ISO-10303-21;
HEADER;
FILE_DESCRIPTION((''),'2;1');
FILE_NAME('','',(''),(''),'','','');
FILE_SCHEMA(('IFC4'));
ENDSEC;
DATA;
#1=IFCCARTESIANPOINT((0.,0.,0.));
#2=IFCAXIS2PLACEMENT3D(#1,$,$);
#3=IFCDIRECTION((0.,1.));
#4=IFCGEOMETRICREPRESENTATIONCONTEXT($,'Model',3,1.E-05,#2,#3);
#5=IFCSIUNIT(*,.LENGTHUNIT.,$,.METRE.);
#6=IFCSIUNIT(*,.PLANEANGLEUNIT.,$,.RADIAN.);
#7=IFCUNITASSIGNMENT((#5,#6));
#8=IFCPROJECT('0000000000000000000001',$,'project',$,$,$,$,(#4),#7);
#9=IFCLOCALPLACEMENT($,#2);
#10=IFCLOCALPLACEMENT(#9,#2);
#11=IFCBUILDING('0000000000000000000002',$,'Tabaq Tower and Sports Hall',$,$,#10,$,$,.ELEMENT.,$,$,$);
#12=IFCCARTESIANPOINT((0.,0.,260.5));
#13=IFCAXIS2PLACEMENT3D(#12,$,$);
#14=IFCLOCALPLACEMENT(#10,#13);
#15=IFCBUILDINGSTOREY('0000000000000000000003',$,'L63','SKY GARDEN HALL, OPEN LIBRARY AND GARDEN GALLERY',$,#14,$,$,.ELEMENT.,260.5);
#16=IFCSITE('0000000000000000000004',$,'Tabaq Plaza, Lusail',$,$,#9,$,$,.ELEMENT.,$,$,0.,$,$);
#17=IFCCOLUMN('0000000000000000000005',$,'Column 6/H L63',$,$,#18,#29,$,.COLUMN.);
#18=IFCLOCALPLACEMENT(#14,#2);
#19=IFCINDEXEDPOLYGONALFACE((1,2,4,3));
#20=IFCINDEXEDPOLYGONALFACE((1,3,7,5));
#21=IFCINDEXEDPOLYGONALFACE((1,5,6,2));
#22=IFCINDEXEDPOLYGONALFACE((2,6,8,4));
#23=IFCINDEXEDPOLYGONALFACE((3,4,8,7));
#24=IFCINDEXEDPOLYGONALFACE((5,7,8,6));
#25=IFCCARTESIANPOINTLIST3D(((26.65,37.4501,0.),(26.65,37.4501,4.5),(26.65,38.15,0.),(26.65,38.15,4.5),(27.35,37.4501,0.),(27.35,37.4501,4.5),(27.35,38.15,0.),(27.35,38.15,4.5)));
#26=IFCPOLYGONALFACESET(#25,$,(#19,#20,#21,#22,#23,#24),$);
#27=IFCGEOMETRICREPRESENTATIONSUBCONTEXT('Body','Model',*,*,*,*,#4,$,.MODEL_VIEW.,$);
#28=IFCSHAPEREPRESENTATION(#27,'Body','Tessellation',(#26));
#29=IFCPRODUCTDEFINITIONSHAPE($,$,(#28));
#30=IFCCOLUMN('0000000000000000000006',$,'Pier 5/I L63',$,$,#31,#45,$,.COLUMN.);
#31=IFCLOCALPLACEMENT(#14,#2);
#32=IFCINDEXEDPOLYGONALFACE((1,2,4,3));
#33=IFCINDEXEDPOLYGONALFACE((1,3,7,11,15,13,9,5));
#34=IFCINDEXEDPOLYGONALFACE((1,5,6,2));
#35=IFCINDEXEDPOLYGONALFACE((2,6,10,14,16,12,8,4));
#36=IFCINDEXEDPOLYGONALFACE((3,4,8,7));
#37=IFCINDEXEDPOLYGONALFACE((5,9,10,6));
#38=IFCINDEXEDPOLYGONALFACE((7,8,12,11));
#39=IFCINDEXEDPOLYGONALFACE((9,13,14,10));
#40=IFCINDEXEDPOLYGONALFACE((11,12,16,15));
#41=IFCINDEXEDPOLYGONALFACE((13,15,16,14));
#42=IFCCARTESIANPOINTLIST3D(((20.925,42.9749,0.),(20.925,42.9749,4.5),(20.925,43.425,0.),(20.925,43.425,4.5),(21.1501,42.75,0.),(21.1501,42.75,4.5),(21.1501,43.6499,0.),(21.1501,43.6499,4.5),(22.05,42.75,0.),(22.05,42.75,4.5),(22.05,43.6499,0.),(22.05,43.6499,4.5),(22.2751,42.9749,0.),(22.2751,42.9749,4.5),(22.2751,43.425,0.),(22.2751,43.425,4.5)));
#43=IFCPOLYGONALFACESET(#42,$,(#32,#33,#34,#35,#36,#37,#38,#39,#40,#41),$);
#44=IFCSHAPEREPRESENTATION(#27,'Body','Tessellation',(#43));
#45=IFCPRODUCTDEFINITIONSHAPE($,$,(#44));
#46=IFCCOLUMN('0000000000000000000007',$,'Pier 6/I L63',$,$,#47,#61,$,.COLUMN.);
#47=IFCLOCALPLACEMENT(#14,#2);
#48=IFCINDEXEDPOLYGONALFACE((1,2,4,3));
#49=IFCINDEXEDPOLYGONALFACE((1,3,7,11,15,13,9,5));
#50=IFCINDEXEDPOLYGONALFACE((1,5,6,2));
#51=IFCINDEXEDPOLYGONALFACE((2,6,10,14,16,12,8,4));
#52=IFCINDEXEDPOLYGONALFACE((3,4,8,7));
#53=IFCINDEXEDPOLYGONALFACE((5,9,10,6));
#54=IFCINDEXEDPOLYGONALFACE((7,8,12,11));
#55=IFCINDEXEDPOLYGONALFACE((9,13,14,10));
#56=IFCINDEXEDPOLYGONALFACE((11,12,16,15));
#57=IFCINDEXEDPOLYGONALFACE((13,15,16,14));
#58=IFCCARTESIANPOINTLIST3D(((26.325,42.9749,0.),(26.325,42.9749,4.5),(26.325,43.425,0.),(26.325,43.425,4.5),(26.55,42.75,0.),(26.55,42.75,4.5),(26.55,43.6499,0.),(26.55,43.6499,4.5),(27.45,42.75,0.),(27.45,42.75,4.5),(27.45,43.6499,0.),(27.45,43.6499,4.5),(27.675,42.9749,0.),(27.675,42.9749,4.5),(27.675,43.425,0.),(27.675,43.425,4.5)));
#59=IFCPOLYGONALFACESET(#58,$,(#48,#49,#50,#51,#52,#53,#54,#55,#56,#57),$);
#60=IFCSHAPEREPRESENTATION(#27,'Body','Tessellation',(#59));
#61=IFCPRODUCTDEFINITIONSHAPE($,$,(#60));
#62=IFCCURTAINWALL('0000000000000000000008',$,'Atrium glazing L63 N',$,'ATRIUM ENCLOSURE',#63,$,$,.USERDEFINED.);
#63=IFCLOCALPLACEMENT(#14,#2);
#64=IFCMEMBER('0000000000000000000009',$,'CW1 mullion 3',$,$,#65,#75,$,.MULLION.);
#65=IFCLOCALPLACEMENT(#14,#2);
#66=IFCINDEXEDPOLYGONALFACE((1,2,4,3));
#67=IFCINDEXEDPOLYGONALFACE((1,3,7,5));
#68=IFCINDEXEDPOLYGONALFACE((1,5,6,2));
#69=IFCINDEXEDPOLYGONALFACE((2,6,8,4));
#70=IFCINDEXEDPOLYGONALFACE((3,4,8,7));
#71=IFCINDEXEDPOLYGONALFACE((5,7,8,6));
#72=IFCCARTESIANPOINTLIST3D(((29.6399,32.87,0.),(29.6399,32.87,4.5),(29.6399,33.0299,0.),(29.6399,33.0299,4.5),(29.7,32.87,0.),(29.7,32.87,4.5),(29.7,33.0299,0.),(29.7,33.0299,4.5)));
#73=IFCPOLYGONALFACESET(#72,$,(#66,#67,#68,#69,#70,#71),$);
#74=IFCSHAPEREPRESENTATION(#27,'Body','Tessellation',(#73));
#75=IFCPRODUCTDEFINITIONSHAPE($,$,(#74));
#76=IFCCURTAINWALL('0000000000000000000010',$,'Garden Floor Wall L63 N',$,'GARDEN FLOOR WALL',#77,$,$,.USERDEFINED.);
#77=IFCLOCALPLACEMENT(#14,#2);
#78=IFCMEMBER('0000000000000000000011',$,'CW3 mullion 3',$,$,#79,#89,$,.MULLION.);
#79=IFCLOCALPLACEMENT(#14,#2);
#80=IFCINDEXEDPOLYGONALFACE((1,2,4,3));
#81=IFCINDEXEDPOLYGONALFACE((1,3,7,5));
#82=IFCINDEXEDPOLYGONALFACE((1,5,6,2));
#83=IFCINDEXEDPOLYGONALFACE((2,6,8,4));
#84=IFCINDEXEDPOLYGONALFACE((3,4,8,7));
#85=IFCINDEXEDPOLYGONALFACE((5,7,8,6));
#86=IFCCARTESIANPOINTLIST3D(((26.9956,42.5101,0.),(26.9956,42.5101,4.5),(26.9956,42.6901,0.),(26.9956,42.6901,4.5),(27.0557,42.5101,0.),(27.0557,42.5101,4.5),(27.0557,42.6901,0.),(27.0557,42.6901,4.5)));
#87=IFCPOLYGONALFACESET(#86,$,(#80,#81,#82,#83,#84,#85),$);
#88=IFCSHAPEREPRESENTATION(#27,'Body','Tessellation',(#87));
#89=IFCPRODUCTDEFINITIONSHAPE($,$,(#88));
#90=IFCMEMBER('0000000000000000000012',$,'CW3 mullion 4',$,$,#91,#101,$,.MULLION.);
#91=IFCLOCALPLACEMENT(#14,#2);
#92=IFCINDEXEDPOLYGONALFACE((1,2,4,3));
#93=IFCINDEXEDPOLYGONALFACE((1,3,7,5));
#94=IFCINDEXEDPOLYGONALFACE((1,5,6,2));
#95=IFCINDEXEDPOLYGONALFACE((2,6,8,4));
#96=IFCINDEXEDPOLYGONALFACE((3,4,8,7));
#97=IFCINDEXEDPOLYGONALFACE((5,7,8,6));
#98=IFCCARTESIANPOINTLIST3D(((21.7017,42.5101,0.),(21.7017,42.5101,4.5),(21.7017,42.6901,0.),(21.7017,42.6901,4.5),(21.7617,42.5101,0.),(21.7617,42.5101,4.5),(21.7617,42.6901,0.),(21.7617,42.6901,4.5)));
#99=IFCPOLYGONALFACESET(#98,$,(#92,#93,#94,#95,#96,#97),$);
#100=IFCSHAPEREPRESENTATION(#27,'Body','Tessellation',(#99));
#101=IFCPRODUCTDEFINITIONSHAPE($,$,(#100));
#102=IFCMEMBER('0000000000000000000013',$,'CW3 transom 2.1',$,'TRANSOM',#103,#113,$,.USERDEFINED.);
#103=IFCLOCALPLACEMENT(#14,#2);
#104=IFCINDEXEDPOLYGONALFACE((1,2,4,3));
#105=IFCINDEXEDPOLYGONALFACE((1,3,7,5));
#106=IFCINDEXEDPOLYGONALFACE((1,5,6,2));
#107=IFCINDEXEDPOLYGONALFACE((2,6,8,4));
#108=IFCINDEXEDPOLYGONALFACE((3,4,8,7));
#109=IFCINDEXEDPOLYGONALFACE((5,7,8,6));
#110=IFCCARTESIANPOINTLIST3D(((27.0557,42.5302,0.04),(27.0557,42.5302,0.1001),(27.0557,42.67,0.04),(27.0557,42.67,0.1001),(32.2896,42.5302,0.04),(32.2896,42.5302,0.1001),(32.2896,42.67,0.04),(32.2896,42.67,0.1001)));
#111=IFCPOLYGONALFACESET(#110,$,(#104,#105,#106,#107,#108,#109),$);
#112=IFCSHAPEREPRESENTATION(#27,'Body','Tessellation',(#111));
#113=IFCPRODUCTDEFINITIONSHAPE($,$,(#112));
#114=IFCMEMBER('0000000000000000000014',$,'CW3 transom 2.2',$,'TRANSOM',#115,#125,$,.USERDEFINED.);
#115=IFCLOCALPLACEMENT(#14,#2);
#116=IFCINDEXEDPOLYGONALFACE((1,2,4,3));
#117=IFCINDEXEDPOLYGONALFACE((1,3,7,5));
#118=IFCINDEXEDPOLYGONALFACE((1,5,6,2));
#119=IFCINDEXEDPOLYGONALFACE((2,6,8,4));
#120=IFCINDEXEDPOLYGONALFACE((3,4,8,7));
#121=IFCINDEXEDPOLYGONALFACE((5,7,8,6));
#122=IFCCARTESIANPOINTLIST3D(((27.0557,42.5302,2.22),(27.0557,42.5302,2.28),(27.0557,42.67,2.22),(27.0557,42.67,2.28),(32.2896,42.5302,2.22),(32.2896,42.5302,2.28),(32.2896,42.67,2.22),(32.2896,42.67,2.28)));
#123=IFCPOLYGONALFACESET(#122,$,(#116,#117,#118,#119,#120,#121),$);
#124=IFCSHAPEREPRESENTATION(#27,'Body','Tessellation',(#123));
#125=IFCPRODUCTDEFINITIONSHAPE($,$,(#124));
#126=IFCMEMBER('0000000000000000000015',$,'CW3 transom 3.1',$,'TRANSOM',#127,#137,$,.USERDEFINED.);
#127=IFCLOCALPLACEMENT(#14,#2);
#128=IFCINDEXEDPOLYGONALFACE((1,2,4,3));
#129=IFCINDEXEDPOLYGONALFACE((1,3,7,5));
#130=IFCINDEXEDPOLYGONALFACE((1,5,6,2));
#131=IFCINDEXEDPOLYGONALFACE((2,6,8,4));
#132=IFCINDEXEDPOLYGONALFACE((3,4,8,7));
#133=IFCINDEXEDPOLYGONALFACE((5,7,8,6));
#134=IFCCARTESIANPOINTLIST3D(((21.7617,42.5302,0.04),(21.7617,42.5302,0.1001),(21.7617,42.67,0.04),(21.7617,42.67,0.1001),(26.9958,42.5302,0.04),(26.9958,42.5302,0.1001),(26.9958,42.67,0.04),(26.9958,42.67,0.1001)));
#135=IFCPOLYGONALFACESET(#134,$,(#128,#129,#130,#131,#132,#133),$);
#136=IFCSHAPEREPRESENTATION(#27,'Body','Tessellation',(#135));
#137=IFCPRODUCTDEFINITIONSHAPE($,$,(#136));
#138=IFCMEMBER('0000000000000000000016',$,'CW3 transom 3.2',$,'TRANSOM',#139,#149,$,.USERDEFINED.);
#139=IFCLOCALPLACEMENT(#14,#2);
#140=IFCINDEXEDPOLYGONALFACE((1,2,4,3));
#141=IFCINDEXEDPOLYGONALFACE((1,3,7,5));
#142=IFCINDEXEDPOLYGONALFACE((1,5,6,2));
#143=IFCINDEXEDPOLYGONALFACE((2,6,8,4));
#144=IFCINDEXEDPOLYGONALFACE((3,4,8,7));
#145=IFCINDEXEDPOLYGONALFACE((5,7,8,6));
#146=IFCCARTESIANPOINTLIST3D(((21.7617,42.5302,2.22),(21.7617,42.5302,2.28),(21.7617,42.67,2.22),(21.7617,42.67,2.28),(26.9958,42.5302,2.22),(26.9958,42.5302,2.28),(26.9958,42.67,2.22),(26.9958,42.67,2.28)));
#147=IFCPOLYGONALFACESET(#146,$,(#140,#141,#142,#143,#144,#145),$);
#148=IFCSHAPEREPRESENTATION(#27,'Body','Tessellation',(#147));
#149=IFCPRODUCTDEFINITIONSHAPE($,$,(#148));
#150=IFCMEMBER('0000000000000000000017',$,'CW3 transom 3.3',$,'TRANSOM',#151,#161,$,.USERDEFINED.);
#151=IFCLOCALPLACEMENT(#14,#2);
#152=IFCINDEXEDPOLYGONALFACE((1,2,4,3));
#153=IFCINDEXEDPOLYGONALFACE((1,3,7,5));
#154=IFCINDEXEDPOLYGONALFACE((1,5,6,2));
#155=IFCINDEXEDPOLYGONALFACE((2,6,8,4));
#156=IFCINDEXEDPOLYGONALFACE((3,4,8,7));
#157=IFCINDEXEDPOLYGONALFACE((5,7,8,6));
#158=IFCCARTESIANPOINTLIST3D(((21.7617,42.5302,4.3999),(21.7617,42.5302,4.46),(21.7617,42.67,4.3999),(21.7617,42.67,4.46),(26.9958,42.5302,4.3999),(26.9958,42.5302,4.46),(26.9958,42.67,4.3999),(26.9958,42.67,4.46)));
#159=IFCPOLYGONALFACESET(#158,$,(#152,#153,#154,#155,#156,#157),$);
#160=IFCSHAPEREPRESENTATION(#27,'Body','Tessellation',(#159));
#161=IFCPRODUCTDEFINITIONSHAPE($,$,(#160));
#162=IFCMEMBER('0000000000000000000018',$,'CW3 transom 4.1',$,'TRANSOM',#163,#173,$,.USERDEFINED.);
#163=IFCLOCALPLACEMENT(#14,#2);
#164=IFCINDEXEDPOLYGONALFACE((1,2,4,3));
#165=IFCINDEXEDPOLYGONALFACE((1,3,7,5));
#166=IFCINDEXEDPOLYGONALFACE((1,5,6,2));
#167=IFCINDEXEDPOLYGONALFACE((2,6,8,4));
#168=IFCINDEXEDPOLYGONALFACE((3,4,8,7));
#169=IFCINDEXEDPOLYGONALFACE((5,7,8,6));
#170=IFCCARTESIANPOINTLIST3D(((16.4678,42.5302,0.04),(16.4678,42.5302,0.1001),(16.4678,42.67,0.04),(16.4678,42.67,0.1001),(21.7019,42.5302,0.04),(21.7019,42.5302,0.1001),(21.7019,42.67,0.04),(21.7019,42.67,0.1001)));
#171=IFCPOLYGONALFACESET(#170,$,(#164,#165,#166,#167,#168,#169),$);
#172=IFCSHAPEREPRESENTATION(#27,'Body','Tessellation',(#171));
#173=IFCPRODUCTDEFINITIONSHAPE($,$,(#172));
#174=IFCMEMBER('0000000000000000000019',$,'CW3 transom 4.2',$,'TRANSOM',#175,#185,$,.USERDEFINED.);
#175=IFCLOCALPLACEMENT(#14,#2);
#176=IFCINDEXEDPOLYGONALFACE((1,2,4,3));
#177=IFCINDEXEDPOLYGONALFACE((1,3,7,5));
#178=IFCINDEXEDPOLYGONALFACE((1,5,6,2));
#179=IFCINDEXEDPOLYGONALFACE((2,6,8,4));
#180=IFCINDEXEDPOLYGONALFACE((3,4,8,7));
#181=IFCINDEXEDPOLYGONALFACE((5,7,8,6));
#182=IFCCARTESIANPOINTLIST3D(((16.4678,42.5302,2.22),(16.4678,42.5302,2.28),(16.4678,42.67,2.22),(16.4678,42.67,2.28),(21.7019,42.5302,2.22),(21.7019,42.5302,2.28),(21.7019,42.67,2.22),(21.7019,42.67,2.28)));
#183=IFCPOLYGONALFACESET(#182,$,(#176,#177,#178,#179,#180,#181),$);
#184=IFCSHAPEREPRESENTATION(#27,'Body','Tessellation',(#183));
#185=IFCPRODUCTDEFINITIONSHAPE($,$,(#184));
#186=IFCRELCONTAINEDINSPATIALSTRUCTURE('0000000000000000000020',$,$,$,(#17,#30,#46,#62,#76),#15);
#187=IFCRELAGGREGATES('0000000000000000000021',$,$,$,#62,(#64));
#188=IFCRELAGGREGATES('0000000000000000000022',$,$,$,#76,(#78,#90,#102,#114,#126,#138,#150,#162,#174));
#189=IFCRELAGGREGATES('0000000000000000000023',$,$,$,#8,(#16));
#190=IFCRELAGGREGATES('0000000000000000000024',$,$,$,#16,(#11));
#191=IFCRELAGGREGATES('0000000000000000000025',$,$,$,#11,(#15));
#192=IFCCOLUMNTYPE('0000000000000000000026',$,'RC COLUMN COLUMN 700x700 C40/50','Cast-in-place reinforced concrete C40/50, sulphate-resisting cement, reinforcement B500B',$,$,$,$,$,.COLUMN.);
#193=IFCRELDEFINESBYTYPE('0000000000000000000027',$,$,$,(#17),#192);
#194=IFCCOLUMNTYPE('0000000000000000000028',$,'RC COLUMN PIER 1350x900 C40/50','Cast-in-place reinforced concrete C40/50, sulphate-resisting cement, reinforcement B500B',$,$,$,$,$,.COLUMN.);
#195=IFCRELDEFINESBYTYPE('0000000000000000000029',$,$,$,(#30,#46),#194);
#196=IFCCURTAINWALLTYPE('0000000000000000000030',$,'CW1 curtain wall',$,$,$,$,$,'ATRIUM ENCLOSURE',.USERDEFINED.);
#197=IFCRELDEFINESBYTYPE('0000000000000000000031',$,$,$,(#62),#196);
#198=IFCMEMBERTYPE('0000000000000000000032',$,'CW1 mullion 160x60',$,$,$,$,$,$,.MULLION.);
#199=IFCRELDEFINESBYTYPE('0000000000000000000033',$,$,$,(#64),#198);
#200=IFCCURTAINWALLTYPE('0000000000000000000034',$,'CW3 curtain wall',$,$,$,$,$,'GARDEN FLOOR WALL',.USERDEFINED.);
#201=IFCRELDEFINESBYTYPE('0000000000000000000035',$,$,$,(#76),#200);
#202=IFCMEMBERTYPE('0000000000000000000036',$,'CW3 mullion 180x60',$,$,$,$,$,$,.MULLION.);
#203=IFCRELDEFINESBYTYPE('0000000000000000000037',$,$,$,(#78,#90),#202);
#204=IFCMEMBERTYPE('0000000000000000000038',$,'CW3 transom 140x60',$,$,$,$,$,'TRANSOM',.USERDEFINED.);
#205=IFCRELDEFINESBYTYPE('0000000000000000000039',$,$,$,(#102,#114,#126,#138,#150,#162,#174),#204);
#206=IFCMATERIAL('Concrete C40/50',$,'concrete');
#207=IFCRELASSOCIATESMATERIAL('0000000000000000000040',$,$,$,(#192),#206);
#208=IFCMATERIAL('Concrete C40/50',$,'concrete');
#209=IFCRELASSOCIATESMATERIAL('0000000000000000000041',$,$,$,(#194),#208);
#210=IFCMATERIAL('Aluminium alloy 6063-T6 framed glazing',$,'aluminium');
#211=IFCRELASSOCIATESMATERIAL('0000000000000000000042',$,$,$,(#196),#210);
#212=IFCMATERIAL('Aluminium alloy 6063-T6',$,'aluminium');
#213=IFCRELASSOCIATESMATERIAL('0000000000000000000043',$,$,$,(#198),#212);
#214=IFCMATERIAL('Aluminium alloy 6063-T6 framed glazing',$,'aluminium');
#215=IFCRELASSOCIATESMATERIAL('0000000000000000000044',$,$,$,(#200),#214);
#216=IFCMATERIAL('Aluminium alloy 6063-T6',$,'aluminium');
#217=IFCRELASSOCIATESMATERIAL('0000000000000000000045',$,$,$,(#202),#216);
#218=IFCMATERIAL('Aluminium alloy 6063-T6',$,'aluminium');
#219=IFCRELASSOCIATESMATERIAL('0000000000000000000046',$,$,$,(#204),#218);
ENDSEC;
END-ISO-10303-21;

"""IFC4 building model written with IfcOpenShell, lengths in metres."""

from ifc_helpers import new_model, si_unit, direction, frame, origin, origin_2d, place, context, subcontext, project, spatial, polyline, rectangle, outline, extrude, material, material_profile, profile_set, type_object, element, aggregate, save


model = new_model("IFC4")

# Units and contexts
model_context = context("Model", 3, precision=1e-05, world=origin(), true_north=direction((0.0, 1.0)))
body_context = subcontext(model_context, "Body", "Model", "MODEL_VIEW")
ifc_project = project(units=[si_unit("LENGTHUNIT", "METRE"), si_unit("PLANEANGLEUNIT", "RADIAN")], contexts=[model_context])

# Site, building, storey
site_placement = place(None, origin())
site = spatial("IfcSite", under=ifc_project, at=site_placement, Name="Tabaq Plaza, Lusail", CompositionType="ELEMENT", RefElevation=0.0)
building_placement = place(site_placement, origin())
building = spatial("IfcBuilding", under=site, at=building_placement, Name="Tabaq Tower and Sports Hall", CompositionType="ELEMENT")
storey_placement = place(building_placement, frame((0.0, 0.0, 260.5)))
storey = spatial("IfcBuildingStorey", under=building, at=storey_placement, Name="L63", Description="SKY GARDEN HALL, OPEN LIBRARY AND GARDEN GALLERY", CompositionType="ELEMENT", Elevation=260.5)

# Columns
ifc_material_1 = material(Name="Concrete C40/50", Category="concrete")
ifc_material_profile_1 = material_profile(ifc_material_1, rectangle(XDim=0.7, YDim=0.7, at=origin_2d()), Name="COLUMN 700x700")
ifc_profile_set_1 = profile_set([ifc_material_profile_1], Name="Concrete C40/50")
column_type_1 = type_object("IfcColumnType", Name="RC COLUMN COLUMN 700x700 C40/50", Description="Cast-in-place reinforced concrete C40/50, sulphate-resisting cement, reinforcement B500B", PredefinedType="COLUMN", material=ifc_profile_set_1)
column_placement = place(storey_placement, frame((27.0, 37.8, 0.0), z_axis=(0.0, 0.0, 1.0), x_axis=(1.0, 0.0, 0.0)))
element("IfcColumn", 1, at=column_placement, inside=storey, type_object=column_type_1, Name="Column 6/H L63", PredefinedType="COLUMN", context=body_context, shape_type="SweptSolid", body=[
    extrude(rectangle(XDim=0.7, YDim=0.7, at=origin_2d()), origin(), (0.0, 0.0, 1.0), 4.5),
])
ifc_material_2 = material(Name="Concrete C40/50", Category="concrete")
ifc_material_profile_2 = material_profile(ifc_material_2, outline(polyline([(-0.45, -0.45), (0.45, -0.45), (0.675, -0.2251), (0.675, 0.2251), (0.45, 0.45), (-0.45, 0.45), (-0.675, 0.2251), (-0.675, -0.2251), (-0.45, -0.45)])), Name="PIER 1350x900")
ifc_profile_set_2 = profile_set([ifc_material_profile_2], Name="Concrete C40/50")
column_type_2 = type_object("IfcColumnType", Name="RC COLUMN PIER 1350x900 C40/50", Description="Cast-in-place reinforced concrete C40/50, sulphate-resisting cement, reinforcement B500B", PredefinedType="COLUMN", material=ifc_profile_set_2)
for number, where, z_axis, x_axis, name in (
    (2, (21.6001, 43.2, 0.0), (0.0, 0.0, 1.0), (1.0, 0.0, 0.0), "Pier 5/I L63"),
    (3, (27.0, 43.2, 0.0), (0.0, 0.0, 1.0), (1.0, 0.0, 0.0), "Pier 6/I L63"),
):
    element("IfcColumn", number, at=place(storey_placement, frame(where, z_axis=z_axis, x_axis=x_axis)), inside=storey, type_object=column_type_2, Name=name, PredefinedType="COLUMN", context=body_context, shape_type="SweptSolid", body=[
        extrude(outline(polyline([(-0.45, -0.45), (0.45, -0.45), (0.675, -0.2251), (0.675, 0.2251), (0.45, 0.45), (-0.45, 0.45), (-0.675, 0.2251), (-0.675, -0.2251), (-0.45, -0.45)])), origin(), (0.0, 0.0, 1.0), 4.5),
    ])

# Curtain wall, member
ifc_material_3 = material(Name="Aluminium alloy 6063-T6 framed glazing", Category="aluminium")
curtain_wall_type_1 = type_object("IfcCurtainWallType", Name="CW1 curtain wall", ElementType="ATRIUM ENCLOSURE", PredefinedType="USERDEFINED", material=ifc_material_3)
curtain_wall_1_placement = place(storey_placement, origin())
curtain_wall_1 = element("IfcCurtainWall", 4, at=curtain_wall_1_placement, inside=storey, type_object=curtain_wall_type_1, Name="Atrium glazing L63 N", ObjectType="ATRIUM ENCLOSURE", PredefinedType="USERDEFINED")
ifc_material_4 = material(Name="Aluminium alloy 6063-T6", Category="aluminium")
ifc_material_profile_3 = material_profile(ifc_material_4, rectangle(XDim=0.1599, YDim=0.0601, at=origin_2d()), Name="MULLION 160x60")
ifc_profile_set_3 = profile_set([ifc_material_profile_3], Name="Aluminium alloy 6063-T6")
member_type_1 = type_object("IfcMemberType", Name="CW1 mullion 160x60", PredefinedType="MULLION", material=ifc_profile_set_3)
member_1_placement = place(storey_placement, frame((29.6699, 32.95, 0.0), z_axis=(0.0, 0.0, 1.0), x_axis=(0.0, 1.0, 0.0)))
member_1 = element("IfcMember", 5, at=member_1_placement, type_object=member_type_1, Name="CW1 mullion 3", PredefinedType="MULLION", context=body_context, shape_type="SweptSolid", body=[
    extrude(rectangle(XDim=0.1599, YDim=0.0601, at=origin_2d()), origin(), (0.0, 0.0, 1.0), 4.5),
])

# Curtain wall, members
ifc_material_5 = material(Name="Aluminium alloy 6063-T6 framed glazing", Category="aluminium")
curtain_wall_type_2 = type_object("IfcCurtainWallType", Name="CW3 curtain wall", ElementType="GARDEN FLOOR WALL", PredefinedType="USERDEFINED", material=ifc_material_5)
curtain_wall_2_placement = place(storey_placement, origin())
curtain_wall_2 = element("IfcCurtainWall", 6, at=curtain_wall_2_placement, inside=storey, type_object=curtain_wall_type_2, Name="Garden Floor Wall L63 N", ObjectType="GARDEN FLOOR WALL", PredefinedType="USERDEFINED")
ifc_material_6 = material(Name="Aluminium alloy 6063-T6", Category="aluminium")
ifc_material_profile_4 = material_profile(ifc_material_6, rectangle(XDim=0.1799, YDim=0.0601, at=origin_2d()), Name="MULLION 180x60")
ifc_profile_set_4 = profile_set([ifc_material_profile_4], Name="Aluminium alloy 6063-T6")
member_type_2 = type_object("IfcMemberType", Name="CW3 mullion 180x60", PredefinedType="MULLION", material=ifc_profile_set_4)
member_2_placement = place(storey_placement, frame((27.0256, 42.6001, 0.0), z_axis=(0.0, 0.0, 1.0), x_axis=(0.0, -1.0, 0.0)))
member_2 = element("IfcMember", 7, at=member_2_placement, type_object=member_type_2, Name="CW3 mullion 3", PredefinedType="MULLION", context=body_context, shape_type="SweptSolid", body=[
    extrude(rectangle(XDim=0.1799, YDim=0.0601, at=origin_2d()), origin(), (0.0, 0.0, 1.0), 4.5),
])
member_3_placement = place(storey_placement, frame((21.7317, 42.6001, 0.0), z_axis=(0.0, 0.0, 1.0), x_axis=(0.0, -1.0, 0.0)))
member_3 = element("IfcMember", 8, at=member_3_placement, type_object=member_type_2, Name="CW3 mullion 4", PredefinedType="MULLION", context=body_context, shape_type="SweptSolid", body=[
    extrude(rectangle(XDim=0.1799, YDim=0.0601, at=origin_2d()), origin(), (0.0, 0.0, 1.0), 4.5),
])
ifc_material_7 = material(Name="Aluminium alloy 6063-T6", Category="aluminium")
ifc_material_profile_5 = material_profile(ifc_material_7, rectangle(XDim=0.1399, YDim=0.0601, at=origin_2d()), Name="TRANSOM 140x60")
ifc_profile_set_5 = profile_set([ifc_material_profile_5], Name="Aluminium alloy 6063-T6")
member_type_3 = type_object("IfcMemberType", Name="CW3 transom 140x60", ElementType="TRANSOM", PredefinedType="USERDEFINED", material=ifc_profile_set_5)
member_4_placement = place(storey_placement, frame((32.2896, 42.6001, 0.0701), z_axis=(-1.0, 0.0, 0.0), x_axis=(0.0, -1.0, 0.0)))
member_4 = element("IfcMember", 9, at=member_4_placement, type_object=member_type_3, Name="CW3 transom 2.1", ObjectType="TRANSOM", PredefinedType="USERDEFINED", context=body_context, shape_type="SweptSolid", body=[
    extrude(rectangle(XDim=0.1399, YDim=0.0601, at=origin_2d()), origin(), (0.0, 0.0, 1.0), 5.2339),
])
member_5_placement = place(storey_placement, frame((32.2896, 42.6001, 2.25), z_axis=(-1.0, 0.0, 0.0), x_axis=(0.0, -1.0, 0.0)))
member_5 = element("IfcMember", 10, at=member_5_placement, type_object=member_type_3, Name="CW3 transom 2.2", ObjectType="TRANSOM", PredefinedType="USERDEFINED", context=body_context, shape_type="SweptSolid", body=[
    extrude(rectangle(XDim=0.1399, YDim=0.0601, at=origin_2d()), origin(), (0.0, 0.0, 1.0), 5.2339),
])
member_6_placement = place(storey_placement, frame((26.9958, 42.6001, 0.0701), z_axis=(-1.0, 0.0, 0.0), x_axis=(0.0, -1.0, 0.0)))
member_6 = element("IfcMember", 11, at=member_6_placement, type_object=member_type_3, Name="CW3 transom 3.1", ObjectType="TRANSOM", PredefinedType="USERDEFINED", context=body_context, shape_type="SweptSolid", body=[
    extrude(rectangle(XDim=0.1399, YDim=0.0601, at=origin_2d()), origin(), (0.0, 0.0, 1.0), 5.2341),
])
member_7_placement = place(storey_placement, frame((26.9958, 42.6001, 2.25), z_axis=(-1.0, 0.0, 0.0), x_axis=(0.0, -1.0, 0.0)))
member_7 = element("IfcMember", 12, at=member_7_placement, type_object=member_type_3, Name="CW3 transom 3.2", ObjectType="TRANSOM", PredefinedType="USERDEFINED", context=body_context, shape_type="SweptSolid", body=[
    extrude(rectangle(XDim=0.1399, YDim=0.0601, at=origin_2d()), origin(), (0.0, 0.0, 1.0), 5.2341),
])
member_8_placement = place(storey_placement, frame((26.9958, 42.6001, 4.4299), z_axis=(-1.0, 0.0, 0.0), x_axis=(0.0, -1.0, 0.0)))
member_8 = element("IfcMember", 13, at=member_8_placement, type_object=member_type_3, Name="CW3 transom 3.3", ObjectType="TRANSOM", PredefinedType="USERDEFINED", context=body_context, shape_type="SweptSolid", body=[
    extrude(rectangle(XDim=0.1399, YDim=0.0601, at=origin_2d()), origin(), (0.0, 0.0, 1.0), 5.2341),
])
member_9_placement = place(storey_placement, frame((21.7019, 42.6001, 0.0701), z_axis=(-1.0, 0.0, 0.0), x_axis=(0.0, -1.0, 0.0)))
member_9 = element("IfcMember", 14, at=member_9_placement, type_object=member_type_3, Name="CW3 transom 4.1", ObjectType="TRANSOM", PredefinedType="USERDEFINED", context=body_context, shape_type="SweptSolid", body=[
    extrude(rectangle(XDim=0.1399, YDim=0.0601, at=origin_2d()), origin(), (0.0, 0.0, 1.0), 5.2341),
])
member_10_placement = place(storey_placement, frame((21.7019, 42.6001, 2.25), z_axis=(-1.0, 0.0, 0.0), x_axis=(0.0, -1.0, 0.0)))
member_10 = element("IfcMember", 15, at=member_10_placement, type_object=member_type_3, Name="CW3 transom 4.2", ObjectType="TRANSOM", PredefinedType="USERDEFINED", context=body_context, shape_type="SweptSolid", body=[
    extrude(rectangle(XDim=0.1399, YDim=0.0601, at=origin_2d()), origin(), (0.0, 0.0, 1.0), 5.2341),
])

aggregate(curtain_wall_1, [member_1])
aggregate(curtain_wall_2, [member_2, member_3, member_4, member_5, member_6, member_7, member_8, member_9, member_10])

save(model, "model.ifc")
